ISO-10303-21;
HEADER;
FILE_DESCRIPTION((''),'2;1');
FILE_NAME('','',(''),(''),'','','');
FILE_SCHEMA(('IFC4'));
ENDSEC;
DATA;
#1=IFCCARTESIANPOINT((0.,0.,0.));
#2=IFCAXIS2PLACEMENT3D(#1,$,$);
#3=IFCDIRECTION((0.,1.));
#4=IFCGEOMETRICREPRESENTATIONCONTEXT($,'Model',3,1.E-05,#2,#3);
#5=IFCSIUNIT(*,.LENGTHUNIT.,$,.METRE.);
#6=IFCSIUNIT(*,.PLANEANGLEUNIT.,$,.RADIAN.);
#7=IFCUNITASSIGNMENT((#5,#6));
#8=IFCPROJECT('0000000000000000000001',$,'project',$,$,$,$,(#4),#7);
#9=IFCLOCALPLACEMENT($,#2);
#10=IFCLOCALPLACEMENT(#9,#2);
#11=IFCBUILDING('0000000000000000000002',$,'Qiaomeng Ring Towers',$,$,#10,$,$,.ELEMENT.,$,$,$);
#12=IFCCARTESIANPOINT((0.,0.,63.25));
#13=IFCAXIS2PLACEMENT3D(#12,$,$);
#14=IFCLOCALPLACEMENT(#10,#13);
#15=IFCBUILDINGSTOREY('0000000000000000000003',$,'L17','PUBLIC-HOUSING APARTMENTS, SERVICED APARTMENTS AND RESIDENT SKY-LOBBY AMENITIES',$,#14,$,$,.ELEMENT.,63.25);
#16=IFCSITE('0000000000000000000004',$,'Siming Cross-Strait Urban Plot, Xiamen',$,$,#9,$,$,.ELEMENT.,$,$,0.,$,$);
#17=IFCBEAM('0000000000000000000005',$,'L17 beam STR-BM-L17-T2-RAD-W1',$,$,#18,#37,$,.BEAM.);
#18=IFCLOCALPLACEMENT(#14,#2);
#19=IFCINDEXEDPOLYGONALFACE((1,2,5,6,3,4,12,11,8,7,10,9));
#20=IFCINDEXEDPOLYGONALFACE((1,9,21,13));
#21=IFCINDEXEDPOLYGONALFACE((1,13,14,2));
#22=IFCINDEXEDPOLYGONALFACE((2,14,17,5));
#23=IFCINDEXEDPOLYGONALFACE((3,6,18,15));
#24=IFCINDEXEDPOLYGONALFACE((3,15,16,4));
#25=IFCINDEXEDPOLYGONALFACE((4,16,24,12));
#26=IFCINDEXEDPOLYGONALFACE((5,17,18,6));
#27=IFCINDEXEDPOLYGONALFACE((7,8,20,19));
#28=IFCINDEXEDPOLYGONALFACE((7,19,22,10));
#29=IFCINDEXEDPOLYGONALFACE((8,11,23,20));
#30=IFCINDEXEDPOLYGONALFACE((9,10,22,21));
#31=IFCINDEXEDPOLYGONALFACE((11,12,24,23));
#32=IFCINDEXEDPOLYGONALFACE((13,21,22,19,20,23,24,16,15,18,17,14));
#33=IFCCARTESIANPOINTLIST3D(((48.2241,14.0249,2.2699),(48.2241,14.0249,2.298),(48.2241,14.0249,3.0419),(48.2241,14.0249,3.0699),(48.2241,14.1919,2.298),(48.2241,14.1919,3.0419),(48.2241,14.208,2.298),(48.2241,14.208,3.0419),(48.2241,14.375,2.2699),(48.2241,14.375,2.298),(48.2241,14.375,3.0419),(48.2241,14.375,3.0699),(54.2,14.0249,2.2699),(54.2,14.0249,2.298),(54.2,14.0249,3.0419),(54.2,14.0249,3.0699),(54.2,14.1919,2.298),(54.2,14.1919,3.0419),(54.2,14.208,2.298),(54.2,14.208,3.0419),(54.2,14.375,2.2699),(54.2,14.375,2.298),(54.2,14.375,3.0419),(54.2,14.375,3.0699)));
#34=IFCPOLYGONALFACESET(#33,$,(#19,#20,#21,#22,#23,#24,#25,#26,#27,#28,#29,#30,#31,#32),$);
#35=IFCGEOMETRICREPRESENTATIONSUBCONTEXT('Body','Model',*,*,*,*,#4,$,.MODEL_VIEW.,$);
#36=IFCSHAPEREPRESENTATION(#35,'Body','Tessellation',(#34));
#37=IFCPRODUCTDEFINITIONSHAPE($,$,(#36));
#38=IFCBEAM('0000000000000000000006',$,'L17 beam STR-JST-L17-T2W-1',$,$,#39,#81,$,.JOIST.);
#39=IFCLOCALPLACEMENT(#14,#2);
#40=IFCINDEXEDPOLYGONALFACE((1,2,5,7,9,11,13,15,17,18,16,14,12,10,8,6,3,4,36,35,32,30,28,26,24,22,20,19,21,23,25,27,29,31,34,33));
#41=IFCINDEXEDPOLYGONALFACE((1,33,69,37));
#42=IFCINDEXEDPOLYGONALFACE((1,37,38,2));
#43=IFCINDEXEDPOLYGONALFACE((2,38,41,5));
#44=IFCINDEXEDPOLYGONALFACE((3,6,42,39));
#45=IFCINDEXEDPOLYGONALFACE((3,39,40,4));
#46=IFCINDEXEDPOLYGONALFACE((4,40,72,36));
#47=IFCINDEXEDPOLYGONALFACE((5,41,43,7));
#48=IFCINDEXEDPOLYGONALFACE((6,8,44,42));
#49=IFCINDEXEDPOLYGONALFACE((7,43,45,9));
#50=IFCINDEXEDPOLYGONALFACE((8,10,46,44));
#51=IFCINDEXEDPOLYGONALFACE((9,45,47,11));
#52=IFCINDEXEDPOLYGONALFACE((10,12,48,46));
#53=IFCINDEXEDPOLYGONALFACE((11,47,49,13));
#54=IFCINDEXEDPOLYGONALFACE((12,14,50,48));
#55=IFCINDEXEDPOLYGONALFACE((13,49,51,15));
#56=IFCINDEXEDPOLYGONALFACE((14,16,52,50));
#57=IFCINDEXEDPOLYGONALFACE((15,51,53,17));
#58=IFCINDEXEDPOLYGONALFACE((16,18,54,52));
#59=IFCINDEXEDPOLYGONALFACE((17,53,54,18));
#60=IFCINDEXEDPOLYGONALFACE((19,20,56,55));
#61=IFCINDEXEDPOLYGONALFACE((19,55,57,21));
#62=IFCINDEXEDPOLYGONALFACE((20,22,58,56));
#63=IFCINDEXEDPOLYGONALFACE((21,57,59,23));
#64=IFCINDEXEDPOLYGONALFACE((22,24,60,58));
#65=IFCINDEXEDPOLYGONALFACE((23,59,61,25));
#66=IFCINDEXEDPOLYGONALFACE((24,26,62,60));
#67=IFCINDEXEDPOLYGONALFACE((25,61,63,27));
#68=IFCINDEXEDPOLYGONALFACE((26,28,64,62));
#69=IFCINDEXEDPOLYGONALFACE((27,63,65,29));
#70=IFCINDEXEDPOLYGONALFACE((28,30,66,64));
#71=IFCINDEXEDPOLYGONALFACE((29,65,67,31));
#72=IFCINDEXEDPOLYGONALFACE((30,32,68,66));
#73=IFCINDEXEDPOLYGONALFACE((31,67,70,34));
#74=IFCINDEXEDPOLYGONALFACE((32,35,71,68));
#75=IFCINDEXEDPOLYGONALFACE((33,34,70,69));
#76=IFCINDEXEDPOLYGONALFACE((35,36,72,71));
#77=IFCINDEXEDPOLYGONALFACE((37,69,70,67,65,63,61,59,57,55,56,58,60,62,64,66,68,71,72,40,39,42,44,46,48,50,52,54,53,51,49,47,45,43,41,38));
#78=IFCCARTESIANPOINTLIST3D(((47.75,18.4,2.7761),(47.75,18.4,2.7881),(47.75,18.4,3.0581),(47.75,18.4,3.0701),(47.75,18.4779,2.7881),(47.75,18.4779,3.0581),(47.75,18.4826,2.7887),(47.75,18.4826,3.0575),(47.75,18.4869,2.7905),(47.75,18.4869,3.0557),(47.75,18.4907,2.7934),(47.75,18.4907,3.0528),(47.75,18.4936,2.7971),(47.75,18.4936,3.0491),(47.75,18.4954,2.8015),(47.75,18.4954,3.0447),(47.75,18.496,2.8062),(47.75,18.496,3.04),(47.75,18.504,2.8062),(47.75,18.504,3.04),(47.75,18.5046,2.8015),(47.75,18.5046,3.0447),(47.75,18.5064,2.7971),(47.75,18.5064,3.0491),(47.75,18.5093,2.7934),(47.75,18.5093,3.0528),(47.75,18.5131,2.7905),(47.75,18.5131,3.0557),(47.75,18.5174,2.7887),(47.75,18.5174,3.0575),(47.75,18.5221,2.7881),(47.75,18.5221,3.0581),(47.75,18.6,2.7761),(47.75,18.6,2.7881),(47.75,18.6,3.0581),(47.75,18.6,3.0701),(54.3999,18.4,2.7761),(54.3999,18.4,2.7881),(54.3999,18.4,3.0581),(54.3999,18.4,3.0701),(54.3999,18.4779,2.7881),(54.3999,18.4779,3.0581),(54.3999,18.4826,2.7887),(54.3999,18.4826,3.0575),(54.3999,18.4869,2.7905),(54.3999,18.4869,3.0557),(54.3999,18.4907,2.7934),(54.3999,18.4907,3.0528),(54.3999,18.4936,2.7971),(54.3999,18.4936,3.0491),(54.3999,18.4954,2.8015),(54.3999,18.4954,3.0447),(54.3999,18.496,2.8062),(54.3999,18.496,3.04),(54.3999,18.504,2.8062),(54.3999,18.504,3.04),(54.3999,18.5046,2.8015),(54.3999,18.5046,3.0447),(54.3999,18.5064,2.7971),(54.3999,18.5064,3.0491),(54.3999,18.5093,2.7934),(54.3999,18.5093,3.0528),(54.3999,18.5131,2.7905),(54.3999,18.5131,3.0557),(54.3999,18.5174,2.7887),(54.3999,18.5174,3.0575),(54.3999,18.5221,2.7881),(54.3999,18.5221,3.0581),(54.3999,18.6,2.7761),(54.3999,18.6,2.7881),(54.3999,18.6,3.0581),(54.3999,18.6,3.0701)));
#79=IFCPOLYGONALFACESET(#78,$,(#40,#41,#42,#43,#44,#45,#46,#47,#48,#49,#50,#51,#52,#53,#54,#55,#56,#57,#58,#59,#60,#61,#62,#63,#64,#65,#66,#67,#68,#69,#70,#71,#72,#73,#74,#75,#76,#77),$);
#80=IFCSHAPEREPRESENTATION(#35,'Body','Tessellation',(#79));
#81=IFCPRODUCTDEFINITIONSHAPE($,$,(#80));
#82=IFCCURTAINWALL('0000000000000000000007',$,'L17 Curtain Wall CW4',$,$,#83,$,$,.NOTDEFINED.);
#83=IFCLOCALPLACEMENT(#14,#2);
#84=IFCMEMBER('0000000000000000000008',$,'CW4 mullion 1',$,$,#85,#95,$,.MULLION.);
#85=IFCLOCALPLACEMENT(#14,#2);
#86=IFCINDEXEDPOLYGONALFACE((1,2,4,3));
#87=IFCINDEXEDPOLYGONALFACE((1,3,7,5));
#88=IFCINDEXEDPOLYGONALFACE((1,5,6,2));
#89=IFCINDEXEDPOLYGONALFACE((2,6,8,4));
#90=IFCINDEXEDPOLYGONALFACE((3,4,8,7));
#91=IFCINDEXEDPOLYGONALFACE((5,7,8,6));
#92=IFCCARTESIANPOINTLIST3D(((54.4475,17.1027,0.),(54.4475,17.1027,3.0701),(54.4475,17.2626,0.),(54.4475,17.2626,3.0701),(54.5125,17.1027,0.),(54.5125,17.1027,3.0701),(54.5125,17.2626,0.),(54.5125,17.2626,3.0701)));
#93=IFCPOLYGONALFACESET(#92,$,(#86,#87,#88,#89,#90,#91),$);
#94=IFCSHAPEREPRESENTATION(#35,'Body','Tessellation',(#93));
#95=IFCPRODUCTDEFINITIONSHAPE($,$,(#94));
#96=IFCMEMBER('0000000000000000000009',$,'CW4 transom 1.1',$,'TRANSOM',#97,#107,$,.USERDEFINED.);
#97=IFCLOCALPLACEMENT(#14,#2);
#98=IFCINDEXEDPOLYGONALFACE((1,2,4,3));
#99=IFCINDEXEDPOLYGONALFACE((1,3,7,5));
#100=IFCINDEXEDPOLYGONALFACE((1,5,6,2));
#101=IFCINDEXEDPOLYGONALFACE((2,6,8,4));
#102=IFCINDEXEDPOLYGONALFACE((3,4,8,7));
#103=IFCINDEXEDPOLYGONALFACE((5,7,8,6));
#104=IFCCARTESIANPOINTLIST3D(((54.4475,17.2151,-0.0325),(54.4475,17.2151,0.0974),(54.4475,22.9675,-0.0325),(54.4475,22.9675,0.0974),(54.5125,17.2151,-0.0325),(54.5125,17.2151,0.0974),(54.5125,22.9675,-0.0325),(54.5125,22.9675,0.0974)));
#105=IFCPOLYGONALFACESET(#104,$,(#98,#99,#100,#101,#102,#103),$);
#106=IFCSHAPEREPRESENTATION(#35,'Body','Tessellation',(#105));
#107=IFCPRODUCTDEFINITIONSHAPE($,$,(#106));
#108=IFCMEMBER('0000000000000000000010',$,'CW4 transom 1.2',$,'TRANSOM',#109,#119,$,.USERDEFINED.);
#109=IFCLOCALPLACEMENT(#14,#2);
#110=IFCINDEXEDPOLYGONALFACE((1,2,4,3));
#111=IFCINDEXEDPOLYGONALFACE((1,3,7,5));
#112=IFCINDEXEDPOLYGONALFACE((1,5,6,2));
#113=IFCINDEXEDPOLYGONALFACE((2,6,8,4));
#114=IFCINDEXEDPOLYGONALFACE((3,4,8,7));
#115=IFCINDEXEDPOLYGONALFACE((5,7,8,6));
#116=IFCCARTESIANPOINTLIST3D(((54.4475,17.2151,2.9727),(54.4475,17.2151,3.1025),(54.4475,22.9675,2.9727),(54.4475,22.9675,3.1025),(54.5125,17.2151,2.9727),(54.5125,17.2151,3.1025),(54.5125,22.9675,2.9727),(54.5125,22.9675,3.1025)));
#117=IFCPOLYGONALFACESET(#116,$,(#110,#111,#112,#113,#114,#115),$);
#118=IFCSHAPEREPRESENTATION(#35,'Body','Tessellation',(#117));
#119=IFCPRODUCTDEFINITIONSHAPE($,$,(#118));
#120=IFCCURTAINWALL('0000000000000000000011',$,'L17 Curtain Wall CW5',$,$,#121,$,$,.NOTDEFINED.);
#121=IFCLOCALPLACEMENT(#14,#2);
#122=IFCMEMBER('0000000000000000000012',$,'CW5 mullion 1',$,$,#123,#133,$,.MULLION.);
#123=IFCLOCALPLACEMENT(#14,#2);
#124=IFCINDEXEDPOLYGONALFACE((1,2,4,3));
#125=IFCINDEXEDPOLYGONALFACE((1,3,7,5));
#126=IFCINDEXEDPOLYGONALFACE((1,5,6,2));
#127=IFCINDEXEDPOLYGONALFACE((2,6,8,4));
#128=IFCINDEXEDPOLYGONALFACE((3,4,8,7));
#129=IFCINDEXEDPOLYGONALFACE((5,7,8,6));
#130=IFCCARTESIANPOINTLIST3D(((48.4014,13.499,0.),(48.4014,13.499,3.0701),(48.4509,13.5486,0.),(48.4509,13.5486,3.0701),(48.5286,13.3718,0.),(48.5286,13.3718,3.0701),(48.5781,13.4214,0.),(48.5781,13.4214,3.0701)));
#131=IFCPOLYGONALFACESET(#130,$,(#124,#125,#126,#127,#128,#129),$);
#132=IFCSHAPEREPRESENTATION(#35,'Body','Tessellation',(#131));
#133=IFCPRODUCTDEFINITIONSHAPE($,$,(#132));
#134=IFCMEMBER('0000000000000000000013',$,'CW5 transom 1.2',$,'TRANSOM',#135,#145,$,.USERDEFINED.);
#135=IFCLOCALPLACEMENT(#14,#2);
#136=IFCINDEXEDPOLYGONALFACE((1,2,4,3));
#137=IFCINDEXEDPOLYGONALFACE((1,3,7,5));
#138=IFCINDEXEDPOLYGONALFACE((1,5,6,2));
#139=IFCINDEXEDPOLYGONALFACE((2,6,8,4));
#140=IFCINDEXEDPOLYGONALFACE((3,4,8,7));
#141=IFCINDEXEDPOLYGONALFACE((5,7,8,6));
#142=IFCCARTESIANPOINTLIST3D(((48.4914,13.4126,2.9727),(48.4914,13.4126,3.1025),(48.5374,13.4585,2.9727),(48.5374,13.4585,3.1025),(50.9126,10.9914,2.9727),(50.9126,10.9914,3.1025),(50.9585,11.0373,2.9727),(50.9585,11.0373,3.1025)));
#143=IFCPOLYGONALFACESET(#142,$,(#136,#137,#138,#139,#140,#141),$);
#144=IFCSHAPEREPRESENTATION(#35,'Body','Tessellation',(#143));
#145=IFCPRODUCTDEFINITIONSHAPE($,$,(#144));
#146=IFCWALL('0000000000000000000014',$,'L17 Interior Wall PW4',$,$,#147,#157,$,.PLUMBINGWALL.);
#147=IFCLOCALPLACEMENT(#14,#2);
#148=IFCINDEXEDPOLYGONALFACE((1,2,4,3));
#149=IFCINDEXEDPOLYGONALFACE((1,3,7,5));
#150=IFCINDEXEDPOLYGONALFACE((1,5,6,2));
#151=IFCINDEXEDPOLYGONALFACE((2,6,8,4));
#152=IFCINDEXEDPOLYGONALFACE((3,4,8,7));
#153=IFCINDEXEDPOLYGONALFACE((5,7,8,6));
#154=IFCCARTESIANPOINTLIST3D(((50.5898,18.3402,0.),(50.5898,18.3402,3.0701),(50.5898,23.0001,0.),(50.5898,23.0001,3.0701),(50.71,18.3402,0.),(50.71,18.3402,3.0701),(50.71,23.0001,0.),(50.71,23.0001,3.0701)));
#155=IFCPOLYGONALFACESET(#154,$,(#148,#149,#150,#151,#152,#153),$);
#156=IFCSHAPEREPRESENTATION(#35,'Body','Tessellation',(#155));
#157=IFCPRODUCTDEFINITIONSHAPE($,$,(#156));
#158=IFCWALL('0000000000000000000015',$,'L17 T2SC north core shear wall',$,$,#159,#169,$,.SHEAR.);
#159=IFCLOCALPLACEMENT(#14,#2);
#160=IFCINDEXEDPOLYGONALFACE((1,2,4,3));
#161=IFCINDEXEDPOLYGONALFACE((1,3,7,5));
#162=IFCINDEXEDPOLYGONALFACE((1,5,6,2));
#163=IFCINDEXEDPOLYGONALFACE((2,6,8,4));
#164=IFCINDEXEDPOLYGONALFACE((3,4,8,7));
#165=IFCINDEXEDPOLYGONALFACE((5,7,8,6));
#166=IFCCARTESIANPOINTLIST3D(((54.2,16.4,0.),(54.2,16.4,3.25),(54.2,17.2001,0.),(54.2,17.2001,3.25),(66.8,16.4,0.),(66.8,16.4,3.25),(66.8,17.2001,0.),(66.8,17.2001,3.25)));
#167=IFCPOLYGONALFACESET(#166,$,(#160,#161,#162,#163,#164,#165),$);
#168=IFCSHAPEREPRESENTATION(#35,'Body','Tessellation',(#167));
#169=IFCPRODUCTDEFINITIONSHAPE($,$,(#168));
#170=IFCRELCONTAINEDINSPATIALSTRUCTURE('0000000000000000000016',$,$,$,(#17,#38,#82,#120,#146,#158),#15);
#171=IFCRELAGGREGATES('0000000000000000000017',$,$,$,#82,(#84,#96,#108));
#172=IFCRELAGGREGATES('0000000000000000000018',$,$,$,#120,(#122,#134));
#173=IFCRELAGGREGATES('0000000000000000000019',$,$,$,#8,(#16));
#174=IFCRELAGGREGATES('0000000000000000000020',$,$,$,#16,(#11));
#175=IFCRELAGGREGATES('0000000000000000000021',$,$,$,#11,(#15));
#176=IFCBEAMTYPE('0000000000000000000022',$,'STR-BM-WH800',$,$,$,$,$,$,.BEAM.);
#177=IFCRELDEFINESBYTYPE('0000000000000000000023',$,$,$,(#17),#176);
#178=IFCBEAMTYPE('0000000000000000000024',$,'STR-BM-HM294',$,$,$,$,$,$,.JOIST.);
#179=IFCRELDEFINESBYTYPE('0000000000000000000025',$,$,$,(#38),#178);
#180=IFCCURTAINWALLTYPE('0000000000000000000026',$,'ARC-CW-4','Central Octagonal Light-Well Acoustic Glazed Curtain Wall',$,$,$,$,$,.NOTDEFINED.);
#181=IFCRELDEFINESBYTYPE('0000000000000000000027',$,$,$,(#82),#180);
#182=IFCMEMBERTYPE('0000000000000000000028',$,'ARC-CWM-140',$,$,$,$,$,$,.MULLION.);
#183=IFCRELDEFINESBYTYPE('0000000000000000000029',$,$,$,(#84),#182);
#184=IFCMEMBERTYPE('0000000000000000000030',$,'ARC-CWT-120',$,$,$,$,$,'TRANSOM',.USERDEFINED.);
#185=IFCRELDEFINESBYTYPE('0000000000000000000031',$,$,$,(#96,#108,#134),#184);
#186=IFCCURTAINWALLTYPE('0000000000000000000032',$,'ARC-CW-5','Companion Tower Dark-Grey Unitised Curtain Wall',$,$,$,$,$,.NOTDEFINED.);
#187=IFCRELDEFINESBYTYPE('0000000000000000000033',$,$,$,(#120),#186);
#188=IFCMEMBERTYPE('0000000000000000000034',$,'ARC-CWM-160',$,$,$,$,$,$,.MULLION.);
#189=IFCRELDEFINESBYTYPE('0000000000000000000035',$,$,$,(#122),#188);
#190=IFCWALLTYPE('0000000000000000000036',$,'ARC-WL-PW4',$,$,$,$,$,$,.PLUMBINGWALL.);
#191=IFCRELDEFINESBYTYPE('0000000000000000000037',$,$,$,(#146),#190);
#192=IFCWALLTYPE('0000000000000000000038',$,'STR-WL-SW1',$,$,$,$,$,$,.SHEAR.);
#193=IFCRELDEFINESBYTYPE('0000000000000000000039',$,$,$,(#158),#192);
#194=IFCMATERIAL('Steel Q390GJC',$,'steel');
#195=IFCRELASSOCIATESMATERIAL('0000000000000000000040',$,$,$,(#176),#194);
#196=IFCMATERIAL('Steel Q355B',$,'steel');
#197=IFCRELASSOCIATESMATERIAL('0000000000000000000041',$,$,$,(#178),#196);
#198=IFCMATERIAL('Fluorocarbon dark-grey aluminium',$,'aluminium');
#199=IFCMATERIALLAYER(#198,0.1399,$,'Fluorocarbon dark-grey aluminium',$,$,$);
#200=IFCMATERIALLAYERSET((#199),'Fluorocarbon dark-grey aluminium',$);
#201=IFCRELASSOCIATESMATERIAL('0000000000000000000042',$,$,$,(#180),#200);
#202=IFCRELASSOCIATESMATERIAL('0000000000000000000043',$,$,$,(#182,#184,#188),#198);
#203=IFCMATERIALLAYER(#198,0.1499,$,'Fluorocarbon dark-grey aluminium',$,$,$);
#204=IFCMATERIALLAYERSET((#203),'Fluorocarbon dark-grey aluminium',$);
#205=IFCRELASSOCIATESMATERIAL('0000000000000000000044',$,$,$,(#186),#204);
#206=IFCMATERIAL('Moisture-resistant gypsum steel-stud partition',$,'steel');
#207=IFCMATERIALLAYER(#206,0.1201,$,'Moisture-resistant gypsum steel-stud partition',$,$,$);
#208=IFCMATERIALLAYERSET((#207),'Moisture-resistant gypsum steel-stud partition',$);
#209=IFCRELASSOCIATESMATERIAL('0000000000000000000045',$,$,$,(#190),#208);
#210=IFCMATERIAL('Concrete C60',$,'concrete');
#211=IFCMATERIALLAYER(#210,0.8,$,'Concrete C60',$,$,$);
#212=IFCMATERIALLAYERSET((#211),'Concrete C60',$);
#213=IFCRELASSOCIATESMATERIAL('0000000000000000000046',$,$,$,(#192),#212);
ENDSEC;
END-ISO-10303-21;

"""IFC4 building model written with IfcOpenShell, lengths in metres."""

from ifc_helpers import new_model, si_unit, direction, frame, frame_2d, origin, origin_2d, place, context, subcontext, project, spatial, rectangle, i_section, extrude, source, transform, mapped, material, layer, layer_set, material_profile, profile_set, type_object, element, aggregate, save


model = new_model("IFC4")

# Units and contexts
model_context = context("Model", 3, precision=1e-05, world=origin(), true_north=direction((0.0, 1.0)))
body_context = subcontext(model_context, "Body", "Model", "MODEL_VIEW")
ifc_project = project(units=[si_unit("LENGTHUNIT", "METRE"), si_unit("PLANEANGLEUNIT", "RADIAN")], contexts=[model_context])

# Site, building, storey
site_placement = place(None, origin())
site = spatial("IfcSite", under=ifc_project, at=site_placement, Name="Siming Cross-Strait Urban Plot, Xiamen", CompositionType="ELEMENT", RefElevation=0.0)
building_placement = place(site_placement, origin())
building = spatial("IfcBuilding", under=site, at=building_placement, Name="Qiaomeng Ring Towers", CompositionType="ELEMENT")
storey_placement = place(building_placement, frame((0.0, 0.0, 63.25)))
storey = spatial("IfcBuildingStorey", under=building, at=storey_placement, Name="L17", Description="PUBLIC-HOUSING APARTMENTS, SERVICED APARTMENTS AND RESIDENT SKY-LOBBY AMENITIES", CompositionType="ELEMENT", Elevation=63.25)

# Shared definitions
ifc_material_1 = material(Name="Concrete C60", Category="concrete")

# Beams
ifc_material_2 = material(Name="Steel Q355B", Category="steel")
ifc_material_3 = material(Name="Steel Q390GJC", Category="steel")
ifc_material_profile_1 = material_profile(ifc_material_3, i_section(OverallWidth=0.3501, OverallDepth=0.8, WebThickness=0.0161, FlangeThickness=0.0281, at=origin_2d()), Name="WH 800x350x16x28")
ifc_profile_set_1 = profile_set([ifc_material_profile_1], Name="Steel Q390GJC")
beam_type_1 = type_object("IfcBeamType", Name="STR-BM-WH800", PredefinedType="BEAM", material=ifc_profile_set_1)
shared_shape_1 = source(origin(), body_context, "Body", "SweptSolid", [
    extrude(i_section(OverallWidth=0.3501, OverallDepth=0.8, WebThickness=0.0161, FlangeThickness=0.0281, at=origin_2d()), origin(), (0.0, 0.0, 1.0), 5.9758),
])
beam_1_placement = place(storey_placement, frame((48.2241, 14.2, 2.6699), z_axis=(1.0, 0.0, 0.0), x_axis=(0.0, 1.0, 0.0)))
element("IfcBeam", 1, at=beam_1_placement, inside=storey, type_object=beam_type_1, Name="L17 beam STR-BM-L17-T2-RAD-W1", PredefinedType="BEAM", context=body_context, shape_type="MappedRepresentation", body=[
    mapped(shared_shape_1, transform((0.0, 0.0, 0.0), x_axis=(1.0, 0.0, 0.0), y_axis=(0.0, 1.0, 0.0), z_axis=(0.0, 0.0, 1.0), scale=1.0)),
])
ifc_material_profile_2 = material_profile(ifc_material_2, i_section(OverallWidth=0.2, OverallDepth=0.2939, WebThickness=0.0081, FlangeThickness=0.012, FilletRadius=0.0181, at=origin_2d()), Name="HM 294x200x8x12")
ifc_profile_set_2 = profile_set([ifc_material_profile_2], Name="Steel Q355B")
beam_type_2 = type_object("IfcBeamType", Name="STR-BM-HM294", PredefinedType="JOIST", material=ifc_profile_set_2)
shared_shape_2 = source(origin(), body_context, "Body", "SweptSolid", [
    extrude(i_section(OverallWidth=0.2, OverallDepth=0.2939, WebThickness=0.0081, FlangeThickness=0.012, FilletRadius=0.0181, at=origin_2d()), origin(), (0.0, 0.0, 1.0), 6.6499),
])
beam_2_placement = place(storey_placement, frame((47.75, 18.5, 2.9231), z_axis=(1.0, 0.0, 0.0), x_axis=(0.0, 1.0, 0.0)))
element("IfcBeam", 2, at=beam_2_placement, inside=storey, type_object=beam_type_2, Name="L17 beam STR-JST-L17-T2W-1", PredefinedType="JOIST", context=body_context, shape_type="MappedRepresentation", body=[
    mapped(shared_shape_2, transform((0.0, 0.0, 0.0), x_axis=(1.0, 0.0, 0.0), y_axis=(0.0, 1.0, 0.0), z_axis=(0.0, 0.0, 1.0), scale=1.0)),
])

# Curtain walls, members
ifc_material_4 = material(Name="Fluorocarbon dark-grey aluminium", Category="aluminium")
ifc_layer_1 = layer(ifc_material_4, 0.1399, Name="Fluorocarbon dark-grey aluminium")
ifc_layer_set_1 = layer_set([ifc_layer_1], Name="Fluorocarbon dark-grey aluminium")
curtain_wall_type_1 = type_object("IfcCurtainWallType", Name="ARC-CW-4", Description="Central Octagonal Light-Well Acoustic Glazed Curtain Wall", PredefinedType="NOTDEFINED", material=ifc_layer_set_1)
curtain_wall_1_placement = place(storey_placement, origin())
curtain_wall_1 = element("IfcCurtainWall", 3, at=curtain_wall_1_placement, inside=storey, type_object=curtain_wall_type_1, Name="L17 Curtain Wall CW4", PredefinedType="NOTDEFINED")
ifc_material_profile_3 = material_profile(ifc_material_4, rectangle(XDim=0.0649, YDim=0.1599, at=origin_2d()), Name="ALU MULL 65x160")
ifc_profile_set_3 = profile_set([ifc_material_profile_3], Name="Fluorocarbon dark-grey aluminium")
member_type_1 = type_object("IfcMemberType", Name="ARC-CWM-140", PredefinedType="MULLION", material=ifc_profile_set_3)
shared_shape_3 = source(origin(), body_context, "Body", "SweptSolid", [
    extrude(rectangle(XDim=0.0649, YDim=0.1599, at=origin_2d()), origin(), (0.0, 0.0, 1.0), 3.0701),
])
member_1_placement = place(storey_placement, frame((54.48, 17.1826, 0.0), z_axis=(0.0, 0.0, 1.0), x_axis=(-1.0, 0.0, 0.0)))
member_1 = element("IfcMember", 4, at=member_1_placement, type_object=member_type_1, Name="CW4 mullion 1", PredefinedType="MULLION", context=body_context, shape_type="MappedRepresentation", body=[
    mapped(shared_shape_3, transform((0.0, 0.0, 0.0), x_axis=(1.0, 0.0, 0.0), y_axis=(0.0, 1.0, 0.0), z_axis=(0.0, 0.0, 1.0), scale=1.0)),
])
ifc_material_profile_4 = material_profile(ifc_material_4, rectangle(XDim=0.0649, YDim=0.1299, at=origin_2d()), Name="ALU TRAN 65x130")
ifc_profile_set_4 = profile_set([ifc_material_profile_4], Name="Fluorocarbon dark-grey aluminium")
member_type_2 = type_object("IfcMemberType", Name="ARC-CWT-120", ElementType="TRANSOM", PredefinedType="USERDEFINED", material=ifc_profile_set_4)
shared_shape_4 = source(origin(), body_context, "Body", "SweptSolid", [
    extrude(rectangle(XDim=0.0649, YDim=0.1299, at=origin_2d()), origin(), (0.0, 0.0, 1.0), 5.7524),
])
member_2_placement = place(storey_placement, frame((54.48, 17.2151, 0.0325), z_axis=(0.0, 1.0, 0.0), x_axis=(-1.0, 0.0, 0.0)))
member_2 = element("IfcMember", 5, at=member_2_placement, type_object=member_type_2, Name="CW4 transom 1.1", ObjectType="TRANSOM", PredefinedType="USERDEFINED", context=body_context, shape_type="MappedRepresentation", body=[
    mapped(shared_shape_4, transform((0.0, 0.0, 0.0), x_axis=(1.0, 0.0, 0.0), y_axis=(0.0, 1.0, 0.0), z_axis=(0.0, 0.0, 1.0), scale=1.0)),
])
member_3_placement = place(storey_placement, frame((54.48, 17.2151, 3.0376), z_axis=(0.0, 1.0, 0.0), x_axis=(-1.0, 0.0, 0.0)))
member_3 = element("IfcMember", 6, at=member_3_placement, type_object=member_type_2, Name="CW4 transom 1.2", ObjectType="TRANSOM", PredefinedType="USERDEFINED", context=body_context, shape_type="MappedRepresentation", body=[
    mapped(shared_shape_4, transform((0.0, 0.0, 0.0), x_axis=(1.0, 0.0, 0.0), y_axis=(0.0, 1.0, 0.0), z_axis=(0.0, 0.0, 1.0), scale=1.0)),
])
aggregate(curtain_wall_1, [member_1, member_2, member_3])
ifc_layer_2 = layer(ifc_material_4, 0.1499, Name="Fluorocarbon dark-grey aluminium")
ifc_layer_set_2 = layer_set([ifc_layer_2], Name="Fluorocarbon dark-grey aluminium")
curtain_wall_type_2 = type_object("IfcCurtainWallType", Name="ARC-CW-5", Description="Companion Tower Dark-Grey Unitised Curtain Wall", PredefinedType="NOTDEFINED", material=ifc_layer_set_2)
curtain_wall_2_placement = place(storey_placement, origin())
curtain_wall_2 = element("IfcCurtainWall", 7, at=curtain_wall_2_placement, inside=storey, type_object=curtain_wall_type_2, Name="L17 Curtain Wall CW5", PredefinedType="NOTDEFINED")
ifc_material_profile_5 = material_profile(ifc_material_4, rectangle(XDim=0.0701, YDim=0.1799, at=origin_2d()), Name="ALU MULL 70x180")
ifc_profile_set_5 = profile_set([ifc_material_profile_5], Name="Fluorocarbon dark-grey aluminium")
member_type_3 = type_object("IfcMemberType", Name="ARC-CWM-160", PredefinedType="MULLION", material=ifc_profile_set_5)
shared_shape_5 = source(origin(), body_context, "Body", "SweptSolid", [
    extrude(rectangle(XDim=0.0701, YDim=0.1799, at=origin_2d()), origin(), (0.0, 0.0, 1.0), 3.0701),
])
member_4_placement = place(storey_placement, frame((48.4897, 13.4602, 0.0), z_axis=(0.0, 0.0, 1.0), x_axis=(0.707107, 0.707107, 0.0)))
member_4 = element("IfcMember", 8, at=member_4_placement, type_object=member_type_3, Name="CW5 mullion 1", PredefinedType="MULLION", context=body_context, shape_type="MappedRepresentation", body=[
    mapped(shared_shape_5, transform((0.0, 0.0, 0.0), x_axis=(1.0, 0.0, 0.0), y_axis=(0.0, 1.0, 0.0), z_axis=(0.0, 0.0, 1.0), scale=1.0)),
])
shared_shape_6 = source(origin(), body_context, "Body", "SweptSolid", [
    extrude(rectangle(XDim=0.0649, YDim=0.1299, at=origin_2d()), origin(), (0.0, 0.0, 1.0), 3.4241),
])
member_5_placement = place(storey_placement, frame((48.5144, 13.4355, 3.0376), z_axis=(0.707107, -0.707107, 0.0), x_axis=(0.707107, 0.707107, 0.0)))
member_5 = element("IfcMember", 9, at=member_5_placement, type_object=member_type_2, Name="CW5 transom 1.2", ObjectType="TRANSOM", PredefinedType="USERDEFINED", context=body_context, shape_type="MappedRepresentation", body=[
    mapped(shared_shape_6, transform((0.0, 0.0, 0.0), x_axis=(1.0, 0.0, 0.0), y_axis=(0.0, 1.0, 0.0), z_axis=(0.0, 0.0, 1.0), scale=1.0)),
])
aggregate(curtain_wall_2, [member_4, member_5])

# Walls
ifc_material_5 = material(Name="Moisture-resistant gypsum steel-stud partition", Category="steel")
ifc_layer_3 = layer(ifc_material_5, 0.1201, Name="Moisture-resistant gypsum steel-stud partition")
ifc_layer_set_3 = layer_set([ifc_layer_3], Name="Moisture-resistant gypsum steel-stud partition")
wall_type_1 = type_object("IfcWallType", Name="ARC-WL-PW4", PredefinedType="PLUMBINGWALL", material=ifc_layer_set_3)
wall_1_placement = place(storey_placement, frame((50.6499, 18.3401, 0.0), z_axis=(0.0, 0.0, 1.0), x_axis=(0.0, 1.0, 0.0)))
element("IfcWall", 10, at=wall_1_placement, inside=storey, type_object=wall_type_1, Name="L17 Interior Wall PW4", PredefinedType="PLUMBINGWALL", context=body_context, shape_type="SweptSolid", body=[
    extrude(rectangle(XDim=4.6599, YDim=0.1201, at=frame_2d((2.3301, 0.0))), origin(), (0.0, 0.0, 1.0), 3.0701),
])
ifc_layer_4 = layer(ifc_material_1, 0.8, Name="Concrete C60")
ifc_layer_set_4 = layer_set([ifc_layer_4], Name="Concrete C60")
wall_type_2 = type_object("IfcWallType", Name="STR-WL-SW1", PredefinedType="SHEAR", material=ifc_layer_set_4)
wall_2_placement = place(storey_placement, frame((54.2, 16.8, 0.0), z_axis=(0.0, 0.0, 1.0), x_axis=(1.0, 0.0, 0.0)))
element("IfcWall", 11, at=wall_2_placement, inside=storey, type_object=wall_type_2, Name="L17 T2SC north core shear wall", PredefinedType="SHEAR", context=body_context, shape_type="SweptSolid", body=[
    extrude(rectangle(XDim=12.6001, YDim=0.8, at=frame_2d((6.3, 0.0))), origin(), (0.0, 0.0, 1.0), 3.25),
])

save(model, "model.ifc")
